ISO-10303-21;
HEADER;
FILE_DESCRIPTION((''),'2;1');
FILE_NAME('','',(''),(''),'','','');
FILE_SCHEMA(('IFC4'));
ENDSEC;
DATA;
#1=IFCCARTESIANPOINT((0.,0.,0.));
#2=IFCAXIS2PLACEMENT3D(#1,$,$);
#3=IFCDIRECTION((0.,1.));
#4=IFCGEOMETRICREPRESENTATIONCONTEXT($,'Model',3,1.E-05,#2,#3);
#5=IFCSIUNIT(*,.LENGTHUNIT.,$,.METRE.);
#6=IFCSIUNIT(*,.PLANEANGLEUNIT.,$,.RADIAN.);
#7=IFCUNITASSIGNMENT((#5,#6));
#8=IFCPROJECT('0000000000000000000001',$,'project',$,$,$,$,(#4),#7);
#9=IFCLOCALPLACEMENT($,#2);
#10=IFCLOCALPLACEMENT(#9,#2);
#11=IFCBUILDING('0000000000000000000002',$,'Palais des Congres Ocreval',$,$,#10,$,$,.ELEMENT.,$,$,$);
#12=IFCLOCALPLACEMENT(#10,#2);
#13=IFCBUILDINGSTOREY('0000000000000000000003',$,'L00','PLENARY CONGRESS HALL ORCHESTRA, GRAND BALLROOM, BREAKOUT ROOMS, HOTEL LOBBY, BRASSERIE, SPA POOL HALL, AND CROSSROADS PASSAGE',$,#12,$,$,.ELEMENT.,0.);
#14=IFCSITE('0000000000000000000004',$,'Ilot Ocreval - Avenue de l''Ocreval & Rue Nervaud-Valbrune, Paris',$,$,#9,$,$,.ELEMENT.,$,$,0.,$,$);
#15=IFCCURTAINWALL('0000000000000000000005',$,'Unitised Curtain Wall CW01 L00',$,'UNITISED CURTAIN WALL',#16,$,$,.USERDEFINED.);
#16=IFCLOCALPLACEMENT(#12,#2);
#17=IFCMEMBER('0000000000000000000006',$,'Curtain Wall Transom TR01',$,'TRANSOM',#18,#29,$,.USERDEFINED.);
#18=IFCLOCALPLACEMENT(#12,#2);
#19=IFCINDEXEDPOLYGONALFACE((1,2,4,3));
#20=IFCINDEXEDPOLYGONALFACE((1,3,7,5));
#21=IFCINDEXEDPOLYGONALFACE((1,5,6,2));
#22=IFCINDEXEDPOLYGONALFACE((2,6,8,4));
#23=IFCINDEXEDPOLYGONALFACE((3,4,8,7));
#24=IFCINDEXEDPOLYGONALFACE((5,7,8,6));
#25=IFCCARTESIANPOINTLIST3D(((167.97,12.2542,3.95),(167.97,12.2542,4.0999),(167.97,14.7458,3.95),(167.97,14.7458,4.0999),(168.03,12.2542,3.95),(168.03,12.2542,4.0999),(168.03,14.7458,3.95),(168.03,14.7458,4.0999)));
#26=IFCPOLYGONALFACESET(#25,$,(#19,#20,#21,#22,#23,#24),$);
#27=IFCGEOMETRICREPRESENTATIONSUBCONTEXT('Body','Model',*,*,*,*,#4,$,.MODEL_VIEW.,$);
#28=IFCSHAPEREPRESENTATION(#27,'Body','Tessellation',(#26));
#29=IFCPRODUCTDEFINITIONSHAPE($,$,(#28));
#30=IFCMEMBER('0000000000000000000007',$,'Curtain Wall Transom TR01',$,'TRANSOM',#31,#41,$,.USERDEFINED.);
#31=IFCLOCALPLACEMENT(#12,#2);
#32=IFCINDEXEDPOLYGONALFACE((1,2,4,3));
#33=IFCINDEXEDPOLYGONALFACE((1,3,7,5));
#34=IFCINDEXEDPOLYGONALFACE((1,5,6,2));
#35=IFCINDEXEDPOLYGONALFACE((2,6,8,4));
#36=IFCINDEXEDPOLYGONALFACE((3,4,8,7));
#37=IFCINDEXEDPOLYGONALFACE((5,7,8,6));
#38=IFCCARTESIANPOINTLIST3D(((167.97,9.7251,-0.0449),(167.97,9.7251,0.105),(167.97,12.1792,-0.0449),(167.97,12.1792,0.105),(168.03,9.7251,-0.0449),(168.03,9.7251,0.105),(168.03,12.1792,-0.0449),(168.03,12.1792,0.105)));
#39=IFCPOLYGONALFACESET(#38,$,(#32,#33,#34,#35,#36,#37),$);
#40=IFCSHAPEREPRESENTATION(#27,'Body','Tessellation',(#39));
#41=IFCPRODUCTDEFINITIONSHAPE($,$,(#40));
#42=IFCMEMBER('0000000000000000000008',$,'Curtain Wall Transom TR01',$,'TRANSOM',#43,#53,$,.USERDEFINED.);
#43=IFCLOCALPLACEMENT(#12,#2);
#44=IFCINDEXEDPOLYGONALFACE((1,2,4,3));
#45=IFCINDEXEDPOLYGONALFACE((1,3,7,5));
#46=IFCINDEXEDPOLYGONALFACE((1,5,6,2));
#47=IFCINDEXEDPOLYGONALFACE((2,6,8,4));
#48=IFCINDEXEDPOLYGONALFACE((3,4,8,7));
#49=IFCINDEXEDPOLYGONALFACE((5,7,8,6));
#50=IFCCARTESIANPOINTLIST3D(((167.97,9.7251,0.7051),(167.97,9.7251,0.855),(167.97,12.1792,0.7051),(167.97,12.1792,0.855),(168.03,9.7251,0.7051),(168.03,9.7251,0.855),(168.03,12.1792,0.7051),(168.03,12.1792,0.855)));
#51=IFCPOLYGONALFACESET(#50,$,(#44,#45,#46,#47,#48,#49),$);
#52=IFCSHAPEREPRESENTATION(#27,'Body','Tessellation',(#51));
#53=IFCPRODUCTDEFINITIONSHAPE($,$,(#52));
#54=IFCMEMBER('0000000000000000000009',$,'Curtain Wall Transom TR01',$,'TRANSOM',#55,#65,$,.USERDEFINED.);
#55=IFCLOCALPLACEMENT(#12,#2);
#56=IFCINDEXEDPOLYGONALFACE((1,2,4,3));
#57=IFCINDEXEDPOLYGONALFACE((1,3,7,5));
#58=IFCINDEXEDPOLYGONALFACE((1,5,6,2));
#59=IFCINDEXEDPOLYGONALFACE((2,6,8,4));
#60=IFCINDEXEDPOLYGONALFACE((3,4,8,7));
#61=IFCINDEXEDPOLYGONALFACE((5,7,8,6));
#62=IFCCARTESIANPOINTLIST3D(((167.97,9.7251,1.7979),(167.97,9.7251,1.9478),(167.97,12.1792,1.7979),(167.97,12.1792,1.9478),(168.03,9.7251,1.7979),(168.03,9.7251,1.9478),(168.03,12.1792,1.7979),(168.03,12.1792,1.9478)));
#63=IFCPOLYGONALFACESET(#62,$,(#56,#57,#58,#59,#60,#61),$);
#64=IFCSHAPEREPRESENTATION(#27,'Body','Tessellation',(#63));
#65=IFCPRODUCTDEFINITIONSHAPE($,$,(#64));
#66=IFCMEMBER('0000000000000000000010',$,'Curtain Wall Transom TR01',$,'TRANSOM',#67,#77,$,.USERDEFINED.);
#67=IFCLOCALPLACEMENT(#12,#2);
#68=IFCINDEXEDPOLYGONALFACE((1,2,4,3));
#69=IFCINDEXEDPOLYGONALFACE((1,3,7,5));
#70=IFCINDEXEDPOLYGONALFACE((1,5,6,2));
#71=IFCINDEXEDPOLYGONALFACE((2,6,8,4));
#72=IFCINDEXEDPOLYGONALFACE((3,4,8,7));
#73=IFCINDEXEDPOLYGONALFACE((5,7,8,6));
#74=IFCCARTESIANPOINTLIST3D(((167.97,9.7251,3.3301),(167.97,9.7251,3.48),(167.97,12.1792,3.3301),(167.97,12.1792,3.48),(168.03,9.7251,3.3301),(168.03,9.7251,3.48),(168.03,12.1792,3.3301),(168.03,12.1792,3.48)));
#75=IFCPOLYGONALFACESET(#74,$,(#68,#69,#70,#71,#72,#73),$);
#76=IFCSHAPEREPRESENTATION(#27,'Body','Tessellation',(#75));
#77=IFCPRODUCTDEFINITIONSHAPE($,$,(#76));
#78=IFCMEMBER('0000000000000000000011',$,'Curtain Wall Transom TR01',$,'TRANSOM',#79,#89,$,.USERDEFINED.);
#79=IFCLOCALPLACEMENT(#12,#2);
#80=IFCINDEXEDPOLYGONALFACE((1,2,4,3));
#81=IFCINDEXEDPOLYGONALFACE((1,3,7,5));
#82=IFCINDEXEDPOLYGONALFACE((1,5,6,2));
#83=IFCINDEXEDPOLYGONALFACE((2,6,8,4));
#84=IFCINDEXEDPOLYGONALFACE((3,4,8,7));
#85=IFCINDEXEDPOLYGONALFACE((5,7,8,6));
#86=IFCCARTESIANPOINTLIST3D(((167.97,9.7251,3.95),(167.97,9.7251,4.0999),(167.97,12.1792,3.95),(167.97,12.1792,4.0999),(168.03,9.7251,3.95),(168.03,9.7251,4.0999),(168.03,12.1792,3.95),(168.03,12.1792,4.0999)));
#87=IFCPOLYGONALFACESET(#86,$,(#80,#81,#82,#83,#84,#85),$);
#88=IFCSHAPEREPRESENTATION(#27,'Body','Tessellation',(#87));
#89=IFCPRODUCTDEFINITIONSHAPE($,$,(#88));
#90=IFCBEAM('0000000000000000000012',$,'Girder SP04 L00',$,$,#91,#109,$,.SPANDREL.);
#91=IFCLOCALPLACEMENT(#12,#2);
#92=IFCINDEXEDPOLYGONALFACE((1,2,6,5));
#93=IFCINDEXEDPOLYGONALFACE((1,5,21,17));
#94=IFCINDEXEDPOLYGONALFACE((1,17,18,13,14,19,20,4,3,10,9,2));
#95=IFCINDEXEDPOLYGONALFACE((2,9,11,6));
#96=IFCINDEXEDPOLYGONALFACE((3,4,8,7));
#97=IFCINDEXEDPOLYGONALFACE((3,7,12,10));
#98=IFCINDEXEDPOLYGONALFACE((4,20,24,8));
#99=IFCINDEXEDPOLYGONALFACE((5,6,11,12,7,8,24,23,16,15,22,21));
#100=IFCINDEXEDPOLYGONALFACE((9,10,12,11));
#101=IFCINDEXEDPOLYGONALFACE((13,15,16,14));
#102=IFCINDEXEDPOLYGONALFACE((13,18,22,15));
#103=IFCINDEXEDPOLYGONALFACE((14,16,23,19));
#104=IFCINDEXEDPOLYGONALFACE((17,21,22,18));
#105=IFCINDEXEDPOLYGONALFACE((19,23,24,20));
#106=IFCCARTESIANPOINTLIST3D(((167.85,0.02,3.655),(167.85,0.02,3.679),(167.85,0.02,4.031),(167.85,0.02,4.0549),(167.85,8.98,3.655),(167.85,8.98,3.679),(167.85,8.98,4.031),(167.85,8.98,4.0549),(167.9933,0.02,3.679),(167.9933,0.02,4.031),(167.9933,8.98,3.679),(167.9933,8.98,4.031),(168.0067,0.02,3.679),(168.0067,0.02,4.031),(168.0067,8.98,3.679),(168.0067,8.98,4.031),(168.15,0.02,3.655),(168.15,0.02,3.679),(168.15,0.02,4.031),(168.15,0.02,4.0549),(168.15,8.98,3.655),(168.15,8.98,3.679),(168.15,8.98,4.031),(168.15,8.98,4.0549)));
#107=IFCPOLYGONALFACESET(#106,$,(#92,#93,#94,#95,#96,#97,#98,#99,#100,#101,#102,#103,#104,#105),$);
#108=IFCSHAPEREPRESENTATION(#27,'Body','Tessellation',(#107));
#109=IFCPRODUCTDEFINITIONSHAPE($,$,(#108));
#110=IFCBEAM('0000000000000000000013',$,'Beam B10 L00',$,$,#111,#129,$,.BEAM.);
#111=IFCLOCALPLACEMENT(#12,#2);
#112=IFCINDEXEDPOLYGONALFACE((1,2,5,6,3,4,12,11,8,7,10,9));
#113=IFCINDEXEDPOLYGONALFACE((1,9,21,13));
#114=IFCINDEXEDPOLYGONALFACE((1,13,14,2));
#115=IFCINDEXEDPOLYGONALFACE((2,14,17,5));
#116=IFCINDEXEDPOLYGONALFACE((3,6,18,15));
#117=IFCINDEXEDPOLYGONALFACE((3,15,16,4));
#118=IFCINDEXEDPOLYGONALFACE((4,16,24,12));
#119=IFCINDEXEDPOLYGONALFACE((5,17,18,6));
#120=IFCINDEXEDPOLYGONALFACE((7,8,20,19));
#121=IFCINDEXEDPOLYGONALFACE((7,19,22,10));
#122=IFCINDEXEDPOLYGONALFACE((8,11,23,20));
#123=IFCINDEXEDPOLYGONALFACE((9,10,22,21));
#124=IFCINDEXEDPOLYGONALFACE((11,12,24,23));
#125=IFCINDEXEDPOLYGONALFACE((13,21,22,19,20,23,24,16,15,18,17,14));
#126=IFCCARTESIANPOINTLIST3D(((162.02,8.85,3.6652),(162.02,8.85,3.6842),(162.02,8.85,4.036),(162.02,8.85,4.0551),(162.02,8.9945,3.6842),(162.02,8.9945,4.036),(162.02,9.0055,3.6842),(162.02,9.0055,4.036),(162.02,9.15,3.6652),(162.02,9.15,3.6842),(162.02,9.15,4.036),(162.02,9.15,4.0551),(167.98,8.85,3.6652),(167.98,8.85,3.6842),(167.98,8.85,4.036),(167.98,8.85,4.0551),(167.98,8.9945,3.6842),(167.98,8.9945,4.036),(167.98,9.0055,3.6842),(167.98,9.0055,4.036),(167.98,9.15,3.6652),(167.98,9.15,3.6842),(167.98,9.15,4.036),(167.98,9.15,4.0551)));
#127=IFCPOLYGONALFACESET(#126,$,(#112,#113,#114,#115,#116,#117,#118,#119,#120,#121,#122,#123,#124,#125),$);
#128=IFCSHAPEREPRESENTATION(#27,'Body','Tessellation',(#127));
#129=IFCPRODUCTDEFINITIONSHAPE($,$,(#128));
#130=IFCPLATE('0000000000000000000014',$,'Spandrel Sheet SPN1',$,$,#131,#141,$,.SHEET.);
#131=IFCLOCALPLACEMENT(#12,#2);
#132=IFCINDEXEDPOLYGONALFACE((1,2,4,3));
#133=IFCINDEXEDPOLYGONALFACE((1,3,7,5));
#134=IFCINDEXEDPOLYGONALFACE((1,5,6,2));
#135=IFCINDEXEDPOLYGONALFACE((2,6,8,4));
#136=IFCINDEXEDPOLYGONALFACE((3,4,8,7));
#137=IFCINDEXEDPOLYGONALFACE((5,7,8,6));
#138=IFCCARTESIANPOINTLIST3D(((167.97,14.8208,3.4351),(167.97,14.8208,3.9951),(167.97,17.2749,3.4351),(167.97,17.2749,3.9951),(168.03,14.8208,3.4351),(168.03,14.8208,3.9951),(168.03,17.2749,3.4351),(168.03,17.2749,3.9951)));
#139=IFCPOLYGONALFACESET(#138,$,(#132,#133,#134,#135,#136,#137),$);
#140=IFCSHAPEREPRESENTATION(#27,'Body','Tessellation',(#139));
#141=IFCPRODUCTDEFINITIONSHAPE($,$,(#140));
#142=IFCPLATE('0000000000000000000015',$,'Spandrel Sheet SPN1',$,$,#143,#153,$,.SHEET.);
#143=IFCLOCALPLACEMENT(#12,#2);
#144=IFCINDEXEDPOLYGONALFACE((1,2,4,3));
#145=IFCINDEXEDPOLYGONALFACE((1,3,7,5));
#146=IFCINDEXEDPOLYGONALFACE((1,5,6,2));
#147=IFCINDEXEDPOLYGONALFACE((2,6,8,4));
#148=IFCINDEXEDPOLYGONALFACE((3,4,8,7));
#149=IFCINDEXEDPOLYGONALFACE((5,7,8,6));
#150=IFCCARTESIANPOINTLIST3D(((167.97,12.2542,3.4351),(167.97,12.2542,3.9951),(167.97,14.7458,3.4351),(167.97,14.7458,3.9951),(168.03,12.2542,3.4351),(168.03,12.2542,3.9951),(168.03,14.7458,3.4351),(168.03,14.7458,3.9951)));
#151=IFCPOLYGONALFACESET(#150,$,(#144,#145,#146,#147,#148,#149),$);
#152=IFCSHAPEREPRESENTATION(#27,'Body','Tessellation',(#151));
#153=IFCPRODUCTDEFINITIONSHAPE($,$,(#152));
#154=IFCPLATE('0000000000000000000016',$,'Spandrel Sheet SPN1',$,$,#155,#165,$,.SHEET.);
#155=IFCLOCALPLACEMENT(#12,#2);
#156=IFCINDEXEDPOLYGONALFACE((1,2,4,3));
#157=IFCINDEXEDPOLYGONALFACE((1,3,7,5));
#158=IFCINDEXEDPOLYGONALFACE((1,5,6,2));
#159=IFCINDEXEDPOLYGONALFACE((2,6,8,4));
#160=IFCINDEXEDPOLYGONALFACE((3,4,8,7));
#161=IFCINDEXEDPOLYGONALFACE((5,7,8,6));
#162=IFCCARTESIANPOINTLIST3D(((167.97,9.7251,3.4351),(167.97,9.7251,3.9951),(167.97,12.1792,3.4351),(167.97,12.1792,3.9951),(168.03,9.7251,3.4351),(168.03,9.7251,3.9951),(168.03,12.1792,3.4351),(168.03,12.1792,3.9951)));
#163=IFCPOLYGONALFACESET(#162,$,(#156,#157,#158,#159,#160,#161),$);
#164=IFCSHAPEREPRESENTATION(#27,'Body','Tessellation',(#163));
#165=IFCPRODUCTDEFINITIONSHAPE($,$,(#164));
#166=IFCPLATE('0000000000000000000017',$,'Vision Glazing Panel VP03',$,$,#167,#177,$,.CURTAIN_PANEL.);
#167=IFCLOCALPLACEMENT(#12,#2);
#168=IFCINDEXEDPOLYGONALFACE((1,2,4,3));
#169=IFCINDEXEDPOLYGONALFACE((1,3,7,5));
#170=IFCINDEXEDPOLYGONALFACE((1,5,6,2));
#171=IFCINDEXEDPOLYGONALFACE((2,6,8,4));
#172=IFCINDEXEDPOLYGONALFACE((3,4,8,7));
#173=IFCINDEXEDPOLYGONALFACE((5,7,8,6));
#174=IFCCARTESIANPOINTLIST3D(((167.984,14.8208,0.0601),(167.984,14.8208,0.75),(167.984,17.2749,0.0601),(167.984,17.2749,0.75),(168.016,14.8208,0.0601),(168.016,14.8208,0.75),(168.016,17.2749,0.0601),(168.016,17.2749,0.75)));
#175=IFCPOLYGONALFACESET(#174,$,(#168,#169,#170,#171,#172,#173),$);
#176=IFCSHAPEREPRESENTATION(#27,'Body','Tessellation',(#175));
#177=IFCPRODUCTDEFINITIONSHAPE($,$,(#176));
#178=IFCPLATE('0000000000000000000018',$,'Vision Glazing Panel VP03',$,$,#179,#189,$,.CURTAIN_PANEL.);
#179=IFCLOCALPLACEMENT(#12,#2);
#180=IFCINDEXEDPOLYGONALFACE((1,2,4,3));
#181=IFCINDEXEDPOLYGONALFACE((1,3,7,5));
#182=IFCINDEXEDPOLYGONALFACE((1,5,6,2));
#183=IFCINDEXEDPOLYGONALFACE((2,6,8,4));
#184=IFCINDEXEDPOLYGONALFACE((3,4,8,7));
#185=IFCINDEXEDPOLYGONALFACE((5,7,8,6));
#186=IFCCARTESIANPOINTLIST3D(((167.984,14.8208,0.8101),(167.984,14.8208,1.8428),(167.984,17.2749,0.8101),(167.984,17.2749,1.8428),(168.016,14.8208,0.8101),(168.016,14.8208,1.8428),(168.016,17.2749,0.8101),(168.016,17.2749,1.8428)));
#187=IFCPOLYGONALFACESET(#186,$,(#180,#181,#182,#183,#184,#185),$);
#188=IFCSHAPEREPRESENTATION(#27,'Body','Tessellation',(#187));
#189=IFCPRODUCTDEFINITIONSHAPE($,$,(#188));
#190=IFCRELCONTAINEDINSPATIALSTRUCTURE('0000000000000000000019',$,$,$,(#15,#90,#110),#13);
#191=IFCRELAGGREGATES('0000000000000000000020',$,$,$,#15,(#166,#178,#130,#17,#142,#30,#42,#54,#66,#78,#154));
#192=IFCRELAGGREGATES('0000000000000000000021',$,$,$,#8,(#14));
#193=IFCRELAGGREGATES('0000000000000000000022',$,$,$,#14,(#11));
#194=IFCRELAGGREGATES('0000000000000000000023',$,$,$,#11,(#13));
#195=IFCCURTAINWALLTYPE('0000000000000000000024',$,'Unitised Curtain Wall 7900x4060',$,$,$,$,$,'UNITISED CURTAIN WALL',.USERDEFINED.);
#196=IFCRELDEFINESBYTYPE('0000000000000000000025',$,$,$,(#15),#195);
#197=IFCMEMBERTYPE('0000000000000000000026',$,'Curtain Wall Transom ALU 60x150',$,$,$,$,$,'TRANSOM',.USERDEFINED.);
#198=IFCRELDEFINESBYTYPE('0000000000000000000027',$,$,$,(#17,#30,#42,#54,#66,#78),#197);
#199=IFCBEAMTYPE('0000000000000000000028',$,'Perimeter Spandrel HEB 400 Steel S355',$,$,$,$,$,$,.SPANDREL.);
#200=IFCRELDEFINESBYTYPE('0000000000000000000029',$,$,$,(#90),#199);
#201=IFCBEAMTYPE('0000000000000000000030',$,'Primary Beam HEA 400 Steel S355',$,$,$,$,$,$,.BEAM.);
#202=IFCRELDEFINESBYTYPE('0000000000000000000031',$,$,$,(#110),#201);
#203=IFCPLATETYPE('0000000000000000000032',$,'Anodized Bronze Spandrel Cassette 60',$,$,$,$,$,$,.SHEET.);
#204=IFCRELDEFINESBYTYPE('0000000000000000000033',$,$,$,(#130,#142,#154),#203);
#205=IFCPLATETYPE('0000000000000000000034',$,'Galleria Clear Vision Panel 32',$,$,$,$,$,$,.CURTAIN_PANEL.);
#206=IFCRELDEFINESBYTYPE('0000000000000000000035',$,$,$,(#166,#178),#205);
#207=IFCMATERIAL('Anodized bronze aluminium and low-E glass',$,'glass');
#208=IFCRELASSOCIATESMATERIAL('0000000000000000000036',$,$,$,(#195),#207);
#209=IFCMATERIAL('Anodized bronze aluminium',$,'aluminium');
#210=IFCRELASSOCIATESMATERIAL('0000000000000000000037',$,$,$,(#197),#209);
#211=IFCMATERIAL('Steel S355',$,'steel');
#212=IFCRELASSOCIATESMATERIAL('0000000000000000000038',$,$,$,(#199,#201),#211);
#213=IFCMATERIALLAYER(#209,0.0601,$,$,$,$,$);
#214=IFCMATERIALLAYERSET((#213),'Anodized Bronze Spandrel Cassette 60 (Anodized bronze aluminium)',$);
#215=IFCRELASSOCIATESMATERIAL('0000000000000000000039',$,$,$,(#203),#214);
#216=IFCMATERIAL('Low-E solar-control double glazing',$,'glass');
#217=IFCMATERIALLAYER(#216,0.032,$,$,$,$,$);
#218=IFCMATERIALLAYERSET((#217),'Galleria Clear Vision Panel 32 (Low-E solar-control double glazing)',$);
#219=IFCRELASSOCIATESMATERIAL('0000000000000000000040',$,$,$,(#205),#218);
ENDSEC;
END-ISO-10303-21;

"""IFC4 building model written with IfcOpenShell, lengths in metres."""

from ifc_helpers import new_model, si_unit, direction, frame, origin, origin_2d, place, context, subcontext, project, spatial, rectangle, i_section, extrude, material, layer, layer_set, material_profile, profile_set, type_object, element, aggregate, save


model = new_model("IFC4")

# Units and contexts
model_context = context("Model", 3, precision=1e-05, world=origin(), true_north=direction((0.0, 1.0)))
body_context = subcontext(model_context, "Body", "Model", "MODEL_VIEW")
ifc_project = project(units=[si_unit("LENGTHUNIT", "METRE"), si_unit("PLANEANGLEUNIT", "RADIAN")], contexts=[model_context])

# Site, building, storey
site_placement = place(None, origin())
site = spatial("IfcSite", under=ifc_project, at=site_placement, Name="Ilot Ocreval - Avenue de l'Ocreval & Rue Nervaud-Valbrune, Paris", CompositionType="ELEMENT", RefElevation=0.0)
building_placement = place(site_placement, origin())
building = spatial("IfcBuilding", under=site, at=building_placement, Name="Palais des Congres Ocreval", CompositionType="ELEMENT")
storey_placement = place(building_placement, origin())
storey = spatial("IfcBuildingStorey", under=building, at=storey_placement, Name="L00", Description="PLENARY CONGRESS HALL ORCHESTRA, GRAND BALLROOM, BREAKOUT ROOMS, HOTEL LOBBY, BRASSERIE, SPA POOL HALL, AND CROSSROADS PASSAGE", CompositionType="ELEMENT", Elevation=0.0)

# Shared definitions
ifc_material_1 = material(Name="Steel S355", Category="steel")

# Curtain wall, members
ifc_material_2 = material(Name="Anodized bronze aluminium and low-E glass", Category="glass")
curtain_wall_type = type_object("IfcCurtainWallType", Name="Unitised Curtain Wall 7900x4060", ElementType="UNITISED CURTAIN WALL", PredefinedType="USERDEFINED", material=ifc_material_2)
curtain_wall_placement = place(storey_placement, origin())
curtain_wall = element("IfcCurtainWall", 1, at=curtain_wall_placement, inside=storey, type_object=curtain_wall_type, Name="Unitised Curtain Wall CW01 L00", ObjectType="UNITISED CURTAIN WALL", PredefinedType="USERDEFINED")
ifc_material_3 = material(Name="Anodized bronze aluminium", Category="aluminium")
ifc_material_profile_1 = material_profile(ifc_material_3, rectangle(XDim=0.0601, YDim=0.1499, at=origin_2d()), Name="ALU 60x150")
ifc_profile_set_1 = profile_set([ifc_material_profile_1], Name="Anodized bronze aluminium")
member_type_1 = type_object("IfcMemberType", Name="Curtain Wall Transom ALU 60x150", ElementType="TRANSOM", PredefinedType="USERDEFINED", material=ifc_profile_set_1)
member_1_placement = place(storey_placement, frame((168.0, 14.7458, 4.0249), z_axis=(0.0, -1.0, 0.0), x_axis=(1.0, 0.0, 0.0)))
member_1 = element("IfcMember", 2, at=member_1_placement, type_object=member_type_1, Name="Curtain Wall Transom TR01", ObjectType="TRANSOM", PredefinedType="USERDEFINED", context=body_context, shape_type="SweptSolid", body=[
    extrude(rectangle(XDim=0.0601, YDim=0.1499, at=origin_2d()), origin(), (0.0, 0.0, 1.0), 2.4917),
])
member_2_placement = place(storey_placement, frame((168.0, 12.1792, 0.03), z_axis=(0.0, -1.0, 0.0), x_axis=(1.0, 0.0, 0.0)))
member_2 = element("IfcMember", 3, at=member_2_placement, type_object=member_type_1, Name="Curtain Wall Transom TR01", ObjectType="TRANSOM", PredefinedType="USERDEFINED", context=body_context, shape_type="SweptSolid", body=[
    extrude(rectangle(XDim=0.0601, YDim=0.1499, at=origin_2d()), origin(), (0.0, 0.0, 1.0), 2.4541),
])
member_3_placement = place(storey_placement, frame((168.0, 12.1792, 0.78), z_axis=(0.0, -1.0, 0.0), x_axis=(1.0, 0.0, 0.0)))
member_3 = element("IfcMember", 4, at=member_3_placement, type_object=member_type_1, Name="Curtain Wall Transom TR01", ObjectType="TRANSOM", PredefinedType="USERDEFINED", context=body_context, shape_type="SweptSolid", body=[
    extrude(rectangle(XDim=0.0601, YDim=0.1499, at=origin_2d()), origin(), (0.0, 0.0, 1.0), 2.4541),
])
member_4_placement = place(storey_placement, frame((168.0, 12.1792, 1.8728), z_axis=(0.0, -1.0, 0.0), x_axis=(1.0, 0.0, 0.0)))
member_4 = element("IfcMember", 5, at=member_4_placement, type_object=member_type_1, Name="Curtain Wall Transom TR01", ObjectType="TRANSOM", PredefinedType="USERDEFINED", context=body_context, shape_type="SweptSolid", body=[
    extrude(rectangle(XDim=0.0601, YDim=0.1499, at=origin_2d()), origin(), (0.0, 0.0, 1.0), 2.4541),
])
member_5_placement = place(storey_placement, frame((168.0, 12.1792, 3.405), z_axis=(0.0, -1.0, 0.0), x_axis=(1.0, 0.0, 0.0)))
member_5 = element("IfcMember", 6, at=member_5_placement, type_object=member_type_1, Name="Curtain Wall Transom TR01", ObjectType="TRANSOM", PredefinedType="USERDEFINED", context=body_context, shape_type="SweptSolid", body=[
    extrude(rectangle(XDim=0.0601, YDim=0.1499, at=origin_2d()), origin(), (0.0, 0.0, 1.0), 2.4541),
])
member_6_placement = place(storey_placement, frame((168.0, 12.1792, 4.0249), z_axis=(0.0, -1.0, 0.0), x_axis=(1.0, 0.0, 0.0)))
member_6 = element("IfcMember", 7, at=member_6_placement, type_object=member_type_1, Name="Curtain Wall Transom TR01", ObjectType="TRANSOM", PredefinedType="USERDEFINED", context=body_context, shape_type="SweptSolid", body=[
    extrude(rectangle(XDim=0.0601, YDim=0.1499, at=origin_2d()), origin(), (0.0, 0.0, 1.0), 2.4541),
])

# Beams
ifc_material_profile_2 = material_profile(ifc_material_1, i_section(OverallWidth=0.3, OverallDepth=0.3999, WebThickness=0.0134, FlangeThickness=0.0239, at=origin_2d()), Name="HEB 400")
ifc_profile_set_2 = profile_set([ifc_material_profile_2], Name="Steel S355")
beam_type_1 = type_object("IfcBeamType", Name="Perimeter Spandrel HEB 400 Steel S355", PredefinedType="SPANDREL", material=ifc_profile_set_2)
beam_1_placement = place(storey_placement, frame((168.0, 0.02, 3.855), z_axis=(0.0, 1.0, 0.0), x_axis=(-1.0, 0.0, 0.0)))
element("IfcBeam", 8, at=beam_1_placement, inside=storey, type_object=beam_type_1, Name="Girder SP04 L00", PredefinedType="SPANDREL", context=body_context, shape_type="SweptSolid", body=[
    extrude(i_section(OverallWidth=0.3, OverallDepth=0.3999, WebThickness=0.0134, FlangeThickness=0.0239, at=origin_2d()), origin(), (0.0, 0.0, 1.0), 8.96),
])
ifc_material_profile_3 = material_profile(ifc_material_1, i_section(OverallWidth=0.3, OverallDepth=0.3899, WebThickness=0.011, FlangeThickness=0.019, at=origin_2d()), Name="HEA 400")
ifc_profile_set_3 = profile_set([ifc_material_profile_3], Name="Steel S355")
beam_type_2 = type_object("IfcBeamType", Name="Primary Beam HEA 400 Steel S355", PredefinedType="BEAM", material=ifc_profile_set_3)
beam_2_placement = place(storey_placement, frame((162.02, 9.0, 3.8601), z_axis=(1.0, 0.0, 0.0), x_axis=(0.0, 1.0, 0.0)))
element("IfcBeam", 9, at=beam_2_placement, inside=storey, type_object=beam_type_2, Name="Beam B10 L00", PredefinedType="BEAM", context=body_context, shape_type="SweptSolid", body=[
    extrude(i_section(OverallWidth=0.3, OverallDepth=0.3899, WebThickness=0.011, FlangeThickness=0.019, at=origin_2d()), origin(), (0.0, 0.0, 1.0), 5.96),
])

# Plates
ifc_layer_1 = layer(ifc_material_3, 0.0601)
ifc_layer_set_1 = layer_set([ifc_layer_1], Name="Anodized Bronze Spandrel Cassette 60 (Anodized bronze aluminium)")
plate_type_1 = type_object("IfcPlateType", Name="Anodized Bronze Spandrel Cassette 60", PredefinedType="SHEET", material=ifc_layer_set_1)
plate_1_placement = place(storey_placement, frame((168.0, 16.0479, 3.4351), z_axis=(0.0, 0.0, 1.0), x_axis=(0.0, -1.0, 0.0)))
plate_1 = element("IfcPlate", 10, at=plate_1_placement, type_object=plate_type_1, Name="Spandrel Sheet SPN1", PredefinedType="SHEET", context=body_context, shape_type="SweptSolid", body=[
    extrude(rectangle(XDim=2.4541, YDim=0.0601, at=origin_2d()), origin(), (0.0, 0.0, 1.0), 0.5601),
])
plate_2_placement = place(storey_placement, frame((168.0, 13.5, 3.4351), z_axis=(0.0, 0.0, 1.0), x_axis=(0.0, -1.0, 0.0)))
plate_2 = element("IfcPlate", 11, at=plate_2_placement, type_object=plate_type_1, Name="Spandrel Sheet SPN1", PredefinedType="SHEET", context=body_context, shape_type="SweptSolid", body=[
    extrude(rectangle(XDim=2.4917, YDim=0.0601, at=origin_2d()), origin(), (0.0, 0.0, 1.0), 0.5601),
])
plate_3_placement = place(storey_placement, frame((168.0, 10.9521, 3.4351), z_axis=(0.0, 0.0, 1.0), x_axis=(0.0, -1.0, 0.0)))
plate_3 = element("IfcPlate", 12, at=plate_3_placement, type_object=plate_type_1, Name="Spandrel Sheet SPN1", PredefinedType="SHEET", context=body_context, shape_type="SweptSolid", body=[
    extrude(rectangle(XDim=2.4541, YDim=0.0601, at=origin_2d()), origin(), (0.0, 0.0, 1.0), 0.5601),
])
ifc_material_4 = material(Name="Low-E solar-control double glazing", Category="glass")
ifc_layer_2 = layer(ifc_material_4, 0.032)
ifc_layer_set_2 = layer_set([ifc_layer_2], Name="Galleria Clear Vision Panel 32 (Low-E solar-control double glazing)")
plate_type_2 = type_object("IfcPlateType", Name="Galleria Clear Vision Panel 32", PredefinedType="CURTAIN_PANEL", material=ifc_layer_set_2)
plate_4_placement = place(storey_placement, frame((168.0, 16.0479, 0.0601), z_axis=(0.0, 0.0, 1.0), x_axis=(0.0, -1.0, 0.0)))
plate_4 = element("IfcPlate", 13, at=plate_4_placement, type_object=plate_type_2, Name="Vision Glazing Panel VP03", PredefinedType="CURTAIN_PANEL", context=body_context, shape_type="SweptSolid", body=[
    extrude(rectangle(XDim=2.4541, YDim=0.032, at=origin_2d()), origin(), (0.0, 0.0, 1.0), 0.6899),
])
plate_5_placement = place(storey_placement, frame((168.0, 16.0479, 0.8101), z_axis=(0.0, 0.0, 1.0), x_axis=(0.0, -1.0, 0.0)))
plate_5 = element("IfcPlate", 14, at=plate_5_placement, type_object=plate_type_2, Name="Vision Glazing Panel VP03", PredefinedType="CURTAIN_PANEL", context=body_context, shape_type="SweptSolid", body=[
    extrude(rectangle(XDim=2.4541, YDim=0.032, at=origin_2d()), origin(), (0.0, 0.0, 1.0), 1.0327),
])
aggregate(curtain_wall, [plate_4, plate_5, plate_1, member_1, plate_2, member_2, member_3, member_4, member_5, member_6, plate_3])

save(model, "model.ifc")
